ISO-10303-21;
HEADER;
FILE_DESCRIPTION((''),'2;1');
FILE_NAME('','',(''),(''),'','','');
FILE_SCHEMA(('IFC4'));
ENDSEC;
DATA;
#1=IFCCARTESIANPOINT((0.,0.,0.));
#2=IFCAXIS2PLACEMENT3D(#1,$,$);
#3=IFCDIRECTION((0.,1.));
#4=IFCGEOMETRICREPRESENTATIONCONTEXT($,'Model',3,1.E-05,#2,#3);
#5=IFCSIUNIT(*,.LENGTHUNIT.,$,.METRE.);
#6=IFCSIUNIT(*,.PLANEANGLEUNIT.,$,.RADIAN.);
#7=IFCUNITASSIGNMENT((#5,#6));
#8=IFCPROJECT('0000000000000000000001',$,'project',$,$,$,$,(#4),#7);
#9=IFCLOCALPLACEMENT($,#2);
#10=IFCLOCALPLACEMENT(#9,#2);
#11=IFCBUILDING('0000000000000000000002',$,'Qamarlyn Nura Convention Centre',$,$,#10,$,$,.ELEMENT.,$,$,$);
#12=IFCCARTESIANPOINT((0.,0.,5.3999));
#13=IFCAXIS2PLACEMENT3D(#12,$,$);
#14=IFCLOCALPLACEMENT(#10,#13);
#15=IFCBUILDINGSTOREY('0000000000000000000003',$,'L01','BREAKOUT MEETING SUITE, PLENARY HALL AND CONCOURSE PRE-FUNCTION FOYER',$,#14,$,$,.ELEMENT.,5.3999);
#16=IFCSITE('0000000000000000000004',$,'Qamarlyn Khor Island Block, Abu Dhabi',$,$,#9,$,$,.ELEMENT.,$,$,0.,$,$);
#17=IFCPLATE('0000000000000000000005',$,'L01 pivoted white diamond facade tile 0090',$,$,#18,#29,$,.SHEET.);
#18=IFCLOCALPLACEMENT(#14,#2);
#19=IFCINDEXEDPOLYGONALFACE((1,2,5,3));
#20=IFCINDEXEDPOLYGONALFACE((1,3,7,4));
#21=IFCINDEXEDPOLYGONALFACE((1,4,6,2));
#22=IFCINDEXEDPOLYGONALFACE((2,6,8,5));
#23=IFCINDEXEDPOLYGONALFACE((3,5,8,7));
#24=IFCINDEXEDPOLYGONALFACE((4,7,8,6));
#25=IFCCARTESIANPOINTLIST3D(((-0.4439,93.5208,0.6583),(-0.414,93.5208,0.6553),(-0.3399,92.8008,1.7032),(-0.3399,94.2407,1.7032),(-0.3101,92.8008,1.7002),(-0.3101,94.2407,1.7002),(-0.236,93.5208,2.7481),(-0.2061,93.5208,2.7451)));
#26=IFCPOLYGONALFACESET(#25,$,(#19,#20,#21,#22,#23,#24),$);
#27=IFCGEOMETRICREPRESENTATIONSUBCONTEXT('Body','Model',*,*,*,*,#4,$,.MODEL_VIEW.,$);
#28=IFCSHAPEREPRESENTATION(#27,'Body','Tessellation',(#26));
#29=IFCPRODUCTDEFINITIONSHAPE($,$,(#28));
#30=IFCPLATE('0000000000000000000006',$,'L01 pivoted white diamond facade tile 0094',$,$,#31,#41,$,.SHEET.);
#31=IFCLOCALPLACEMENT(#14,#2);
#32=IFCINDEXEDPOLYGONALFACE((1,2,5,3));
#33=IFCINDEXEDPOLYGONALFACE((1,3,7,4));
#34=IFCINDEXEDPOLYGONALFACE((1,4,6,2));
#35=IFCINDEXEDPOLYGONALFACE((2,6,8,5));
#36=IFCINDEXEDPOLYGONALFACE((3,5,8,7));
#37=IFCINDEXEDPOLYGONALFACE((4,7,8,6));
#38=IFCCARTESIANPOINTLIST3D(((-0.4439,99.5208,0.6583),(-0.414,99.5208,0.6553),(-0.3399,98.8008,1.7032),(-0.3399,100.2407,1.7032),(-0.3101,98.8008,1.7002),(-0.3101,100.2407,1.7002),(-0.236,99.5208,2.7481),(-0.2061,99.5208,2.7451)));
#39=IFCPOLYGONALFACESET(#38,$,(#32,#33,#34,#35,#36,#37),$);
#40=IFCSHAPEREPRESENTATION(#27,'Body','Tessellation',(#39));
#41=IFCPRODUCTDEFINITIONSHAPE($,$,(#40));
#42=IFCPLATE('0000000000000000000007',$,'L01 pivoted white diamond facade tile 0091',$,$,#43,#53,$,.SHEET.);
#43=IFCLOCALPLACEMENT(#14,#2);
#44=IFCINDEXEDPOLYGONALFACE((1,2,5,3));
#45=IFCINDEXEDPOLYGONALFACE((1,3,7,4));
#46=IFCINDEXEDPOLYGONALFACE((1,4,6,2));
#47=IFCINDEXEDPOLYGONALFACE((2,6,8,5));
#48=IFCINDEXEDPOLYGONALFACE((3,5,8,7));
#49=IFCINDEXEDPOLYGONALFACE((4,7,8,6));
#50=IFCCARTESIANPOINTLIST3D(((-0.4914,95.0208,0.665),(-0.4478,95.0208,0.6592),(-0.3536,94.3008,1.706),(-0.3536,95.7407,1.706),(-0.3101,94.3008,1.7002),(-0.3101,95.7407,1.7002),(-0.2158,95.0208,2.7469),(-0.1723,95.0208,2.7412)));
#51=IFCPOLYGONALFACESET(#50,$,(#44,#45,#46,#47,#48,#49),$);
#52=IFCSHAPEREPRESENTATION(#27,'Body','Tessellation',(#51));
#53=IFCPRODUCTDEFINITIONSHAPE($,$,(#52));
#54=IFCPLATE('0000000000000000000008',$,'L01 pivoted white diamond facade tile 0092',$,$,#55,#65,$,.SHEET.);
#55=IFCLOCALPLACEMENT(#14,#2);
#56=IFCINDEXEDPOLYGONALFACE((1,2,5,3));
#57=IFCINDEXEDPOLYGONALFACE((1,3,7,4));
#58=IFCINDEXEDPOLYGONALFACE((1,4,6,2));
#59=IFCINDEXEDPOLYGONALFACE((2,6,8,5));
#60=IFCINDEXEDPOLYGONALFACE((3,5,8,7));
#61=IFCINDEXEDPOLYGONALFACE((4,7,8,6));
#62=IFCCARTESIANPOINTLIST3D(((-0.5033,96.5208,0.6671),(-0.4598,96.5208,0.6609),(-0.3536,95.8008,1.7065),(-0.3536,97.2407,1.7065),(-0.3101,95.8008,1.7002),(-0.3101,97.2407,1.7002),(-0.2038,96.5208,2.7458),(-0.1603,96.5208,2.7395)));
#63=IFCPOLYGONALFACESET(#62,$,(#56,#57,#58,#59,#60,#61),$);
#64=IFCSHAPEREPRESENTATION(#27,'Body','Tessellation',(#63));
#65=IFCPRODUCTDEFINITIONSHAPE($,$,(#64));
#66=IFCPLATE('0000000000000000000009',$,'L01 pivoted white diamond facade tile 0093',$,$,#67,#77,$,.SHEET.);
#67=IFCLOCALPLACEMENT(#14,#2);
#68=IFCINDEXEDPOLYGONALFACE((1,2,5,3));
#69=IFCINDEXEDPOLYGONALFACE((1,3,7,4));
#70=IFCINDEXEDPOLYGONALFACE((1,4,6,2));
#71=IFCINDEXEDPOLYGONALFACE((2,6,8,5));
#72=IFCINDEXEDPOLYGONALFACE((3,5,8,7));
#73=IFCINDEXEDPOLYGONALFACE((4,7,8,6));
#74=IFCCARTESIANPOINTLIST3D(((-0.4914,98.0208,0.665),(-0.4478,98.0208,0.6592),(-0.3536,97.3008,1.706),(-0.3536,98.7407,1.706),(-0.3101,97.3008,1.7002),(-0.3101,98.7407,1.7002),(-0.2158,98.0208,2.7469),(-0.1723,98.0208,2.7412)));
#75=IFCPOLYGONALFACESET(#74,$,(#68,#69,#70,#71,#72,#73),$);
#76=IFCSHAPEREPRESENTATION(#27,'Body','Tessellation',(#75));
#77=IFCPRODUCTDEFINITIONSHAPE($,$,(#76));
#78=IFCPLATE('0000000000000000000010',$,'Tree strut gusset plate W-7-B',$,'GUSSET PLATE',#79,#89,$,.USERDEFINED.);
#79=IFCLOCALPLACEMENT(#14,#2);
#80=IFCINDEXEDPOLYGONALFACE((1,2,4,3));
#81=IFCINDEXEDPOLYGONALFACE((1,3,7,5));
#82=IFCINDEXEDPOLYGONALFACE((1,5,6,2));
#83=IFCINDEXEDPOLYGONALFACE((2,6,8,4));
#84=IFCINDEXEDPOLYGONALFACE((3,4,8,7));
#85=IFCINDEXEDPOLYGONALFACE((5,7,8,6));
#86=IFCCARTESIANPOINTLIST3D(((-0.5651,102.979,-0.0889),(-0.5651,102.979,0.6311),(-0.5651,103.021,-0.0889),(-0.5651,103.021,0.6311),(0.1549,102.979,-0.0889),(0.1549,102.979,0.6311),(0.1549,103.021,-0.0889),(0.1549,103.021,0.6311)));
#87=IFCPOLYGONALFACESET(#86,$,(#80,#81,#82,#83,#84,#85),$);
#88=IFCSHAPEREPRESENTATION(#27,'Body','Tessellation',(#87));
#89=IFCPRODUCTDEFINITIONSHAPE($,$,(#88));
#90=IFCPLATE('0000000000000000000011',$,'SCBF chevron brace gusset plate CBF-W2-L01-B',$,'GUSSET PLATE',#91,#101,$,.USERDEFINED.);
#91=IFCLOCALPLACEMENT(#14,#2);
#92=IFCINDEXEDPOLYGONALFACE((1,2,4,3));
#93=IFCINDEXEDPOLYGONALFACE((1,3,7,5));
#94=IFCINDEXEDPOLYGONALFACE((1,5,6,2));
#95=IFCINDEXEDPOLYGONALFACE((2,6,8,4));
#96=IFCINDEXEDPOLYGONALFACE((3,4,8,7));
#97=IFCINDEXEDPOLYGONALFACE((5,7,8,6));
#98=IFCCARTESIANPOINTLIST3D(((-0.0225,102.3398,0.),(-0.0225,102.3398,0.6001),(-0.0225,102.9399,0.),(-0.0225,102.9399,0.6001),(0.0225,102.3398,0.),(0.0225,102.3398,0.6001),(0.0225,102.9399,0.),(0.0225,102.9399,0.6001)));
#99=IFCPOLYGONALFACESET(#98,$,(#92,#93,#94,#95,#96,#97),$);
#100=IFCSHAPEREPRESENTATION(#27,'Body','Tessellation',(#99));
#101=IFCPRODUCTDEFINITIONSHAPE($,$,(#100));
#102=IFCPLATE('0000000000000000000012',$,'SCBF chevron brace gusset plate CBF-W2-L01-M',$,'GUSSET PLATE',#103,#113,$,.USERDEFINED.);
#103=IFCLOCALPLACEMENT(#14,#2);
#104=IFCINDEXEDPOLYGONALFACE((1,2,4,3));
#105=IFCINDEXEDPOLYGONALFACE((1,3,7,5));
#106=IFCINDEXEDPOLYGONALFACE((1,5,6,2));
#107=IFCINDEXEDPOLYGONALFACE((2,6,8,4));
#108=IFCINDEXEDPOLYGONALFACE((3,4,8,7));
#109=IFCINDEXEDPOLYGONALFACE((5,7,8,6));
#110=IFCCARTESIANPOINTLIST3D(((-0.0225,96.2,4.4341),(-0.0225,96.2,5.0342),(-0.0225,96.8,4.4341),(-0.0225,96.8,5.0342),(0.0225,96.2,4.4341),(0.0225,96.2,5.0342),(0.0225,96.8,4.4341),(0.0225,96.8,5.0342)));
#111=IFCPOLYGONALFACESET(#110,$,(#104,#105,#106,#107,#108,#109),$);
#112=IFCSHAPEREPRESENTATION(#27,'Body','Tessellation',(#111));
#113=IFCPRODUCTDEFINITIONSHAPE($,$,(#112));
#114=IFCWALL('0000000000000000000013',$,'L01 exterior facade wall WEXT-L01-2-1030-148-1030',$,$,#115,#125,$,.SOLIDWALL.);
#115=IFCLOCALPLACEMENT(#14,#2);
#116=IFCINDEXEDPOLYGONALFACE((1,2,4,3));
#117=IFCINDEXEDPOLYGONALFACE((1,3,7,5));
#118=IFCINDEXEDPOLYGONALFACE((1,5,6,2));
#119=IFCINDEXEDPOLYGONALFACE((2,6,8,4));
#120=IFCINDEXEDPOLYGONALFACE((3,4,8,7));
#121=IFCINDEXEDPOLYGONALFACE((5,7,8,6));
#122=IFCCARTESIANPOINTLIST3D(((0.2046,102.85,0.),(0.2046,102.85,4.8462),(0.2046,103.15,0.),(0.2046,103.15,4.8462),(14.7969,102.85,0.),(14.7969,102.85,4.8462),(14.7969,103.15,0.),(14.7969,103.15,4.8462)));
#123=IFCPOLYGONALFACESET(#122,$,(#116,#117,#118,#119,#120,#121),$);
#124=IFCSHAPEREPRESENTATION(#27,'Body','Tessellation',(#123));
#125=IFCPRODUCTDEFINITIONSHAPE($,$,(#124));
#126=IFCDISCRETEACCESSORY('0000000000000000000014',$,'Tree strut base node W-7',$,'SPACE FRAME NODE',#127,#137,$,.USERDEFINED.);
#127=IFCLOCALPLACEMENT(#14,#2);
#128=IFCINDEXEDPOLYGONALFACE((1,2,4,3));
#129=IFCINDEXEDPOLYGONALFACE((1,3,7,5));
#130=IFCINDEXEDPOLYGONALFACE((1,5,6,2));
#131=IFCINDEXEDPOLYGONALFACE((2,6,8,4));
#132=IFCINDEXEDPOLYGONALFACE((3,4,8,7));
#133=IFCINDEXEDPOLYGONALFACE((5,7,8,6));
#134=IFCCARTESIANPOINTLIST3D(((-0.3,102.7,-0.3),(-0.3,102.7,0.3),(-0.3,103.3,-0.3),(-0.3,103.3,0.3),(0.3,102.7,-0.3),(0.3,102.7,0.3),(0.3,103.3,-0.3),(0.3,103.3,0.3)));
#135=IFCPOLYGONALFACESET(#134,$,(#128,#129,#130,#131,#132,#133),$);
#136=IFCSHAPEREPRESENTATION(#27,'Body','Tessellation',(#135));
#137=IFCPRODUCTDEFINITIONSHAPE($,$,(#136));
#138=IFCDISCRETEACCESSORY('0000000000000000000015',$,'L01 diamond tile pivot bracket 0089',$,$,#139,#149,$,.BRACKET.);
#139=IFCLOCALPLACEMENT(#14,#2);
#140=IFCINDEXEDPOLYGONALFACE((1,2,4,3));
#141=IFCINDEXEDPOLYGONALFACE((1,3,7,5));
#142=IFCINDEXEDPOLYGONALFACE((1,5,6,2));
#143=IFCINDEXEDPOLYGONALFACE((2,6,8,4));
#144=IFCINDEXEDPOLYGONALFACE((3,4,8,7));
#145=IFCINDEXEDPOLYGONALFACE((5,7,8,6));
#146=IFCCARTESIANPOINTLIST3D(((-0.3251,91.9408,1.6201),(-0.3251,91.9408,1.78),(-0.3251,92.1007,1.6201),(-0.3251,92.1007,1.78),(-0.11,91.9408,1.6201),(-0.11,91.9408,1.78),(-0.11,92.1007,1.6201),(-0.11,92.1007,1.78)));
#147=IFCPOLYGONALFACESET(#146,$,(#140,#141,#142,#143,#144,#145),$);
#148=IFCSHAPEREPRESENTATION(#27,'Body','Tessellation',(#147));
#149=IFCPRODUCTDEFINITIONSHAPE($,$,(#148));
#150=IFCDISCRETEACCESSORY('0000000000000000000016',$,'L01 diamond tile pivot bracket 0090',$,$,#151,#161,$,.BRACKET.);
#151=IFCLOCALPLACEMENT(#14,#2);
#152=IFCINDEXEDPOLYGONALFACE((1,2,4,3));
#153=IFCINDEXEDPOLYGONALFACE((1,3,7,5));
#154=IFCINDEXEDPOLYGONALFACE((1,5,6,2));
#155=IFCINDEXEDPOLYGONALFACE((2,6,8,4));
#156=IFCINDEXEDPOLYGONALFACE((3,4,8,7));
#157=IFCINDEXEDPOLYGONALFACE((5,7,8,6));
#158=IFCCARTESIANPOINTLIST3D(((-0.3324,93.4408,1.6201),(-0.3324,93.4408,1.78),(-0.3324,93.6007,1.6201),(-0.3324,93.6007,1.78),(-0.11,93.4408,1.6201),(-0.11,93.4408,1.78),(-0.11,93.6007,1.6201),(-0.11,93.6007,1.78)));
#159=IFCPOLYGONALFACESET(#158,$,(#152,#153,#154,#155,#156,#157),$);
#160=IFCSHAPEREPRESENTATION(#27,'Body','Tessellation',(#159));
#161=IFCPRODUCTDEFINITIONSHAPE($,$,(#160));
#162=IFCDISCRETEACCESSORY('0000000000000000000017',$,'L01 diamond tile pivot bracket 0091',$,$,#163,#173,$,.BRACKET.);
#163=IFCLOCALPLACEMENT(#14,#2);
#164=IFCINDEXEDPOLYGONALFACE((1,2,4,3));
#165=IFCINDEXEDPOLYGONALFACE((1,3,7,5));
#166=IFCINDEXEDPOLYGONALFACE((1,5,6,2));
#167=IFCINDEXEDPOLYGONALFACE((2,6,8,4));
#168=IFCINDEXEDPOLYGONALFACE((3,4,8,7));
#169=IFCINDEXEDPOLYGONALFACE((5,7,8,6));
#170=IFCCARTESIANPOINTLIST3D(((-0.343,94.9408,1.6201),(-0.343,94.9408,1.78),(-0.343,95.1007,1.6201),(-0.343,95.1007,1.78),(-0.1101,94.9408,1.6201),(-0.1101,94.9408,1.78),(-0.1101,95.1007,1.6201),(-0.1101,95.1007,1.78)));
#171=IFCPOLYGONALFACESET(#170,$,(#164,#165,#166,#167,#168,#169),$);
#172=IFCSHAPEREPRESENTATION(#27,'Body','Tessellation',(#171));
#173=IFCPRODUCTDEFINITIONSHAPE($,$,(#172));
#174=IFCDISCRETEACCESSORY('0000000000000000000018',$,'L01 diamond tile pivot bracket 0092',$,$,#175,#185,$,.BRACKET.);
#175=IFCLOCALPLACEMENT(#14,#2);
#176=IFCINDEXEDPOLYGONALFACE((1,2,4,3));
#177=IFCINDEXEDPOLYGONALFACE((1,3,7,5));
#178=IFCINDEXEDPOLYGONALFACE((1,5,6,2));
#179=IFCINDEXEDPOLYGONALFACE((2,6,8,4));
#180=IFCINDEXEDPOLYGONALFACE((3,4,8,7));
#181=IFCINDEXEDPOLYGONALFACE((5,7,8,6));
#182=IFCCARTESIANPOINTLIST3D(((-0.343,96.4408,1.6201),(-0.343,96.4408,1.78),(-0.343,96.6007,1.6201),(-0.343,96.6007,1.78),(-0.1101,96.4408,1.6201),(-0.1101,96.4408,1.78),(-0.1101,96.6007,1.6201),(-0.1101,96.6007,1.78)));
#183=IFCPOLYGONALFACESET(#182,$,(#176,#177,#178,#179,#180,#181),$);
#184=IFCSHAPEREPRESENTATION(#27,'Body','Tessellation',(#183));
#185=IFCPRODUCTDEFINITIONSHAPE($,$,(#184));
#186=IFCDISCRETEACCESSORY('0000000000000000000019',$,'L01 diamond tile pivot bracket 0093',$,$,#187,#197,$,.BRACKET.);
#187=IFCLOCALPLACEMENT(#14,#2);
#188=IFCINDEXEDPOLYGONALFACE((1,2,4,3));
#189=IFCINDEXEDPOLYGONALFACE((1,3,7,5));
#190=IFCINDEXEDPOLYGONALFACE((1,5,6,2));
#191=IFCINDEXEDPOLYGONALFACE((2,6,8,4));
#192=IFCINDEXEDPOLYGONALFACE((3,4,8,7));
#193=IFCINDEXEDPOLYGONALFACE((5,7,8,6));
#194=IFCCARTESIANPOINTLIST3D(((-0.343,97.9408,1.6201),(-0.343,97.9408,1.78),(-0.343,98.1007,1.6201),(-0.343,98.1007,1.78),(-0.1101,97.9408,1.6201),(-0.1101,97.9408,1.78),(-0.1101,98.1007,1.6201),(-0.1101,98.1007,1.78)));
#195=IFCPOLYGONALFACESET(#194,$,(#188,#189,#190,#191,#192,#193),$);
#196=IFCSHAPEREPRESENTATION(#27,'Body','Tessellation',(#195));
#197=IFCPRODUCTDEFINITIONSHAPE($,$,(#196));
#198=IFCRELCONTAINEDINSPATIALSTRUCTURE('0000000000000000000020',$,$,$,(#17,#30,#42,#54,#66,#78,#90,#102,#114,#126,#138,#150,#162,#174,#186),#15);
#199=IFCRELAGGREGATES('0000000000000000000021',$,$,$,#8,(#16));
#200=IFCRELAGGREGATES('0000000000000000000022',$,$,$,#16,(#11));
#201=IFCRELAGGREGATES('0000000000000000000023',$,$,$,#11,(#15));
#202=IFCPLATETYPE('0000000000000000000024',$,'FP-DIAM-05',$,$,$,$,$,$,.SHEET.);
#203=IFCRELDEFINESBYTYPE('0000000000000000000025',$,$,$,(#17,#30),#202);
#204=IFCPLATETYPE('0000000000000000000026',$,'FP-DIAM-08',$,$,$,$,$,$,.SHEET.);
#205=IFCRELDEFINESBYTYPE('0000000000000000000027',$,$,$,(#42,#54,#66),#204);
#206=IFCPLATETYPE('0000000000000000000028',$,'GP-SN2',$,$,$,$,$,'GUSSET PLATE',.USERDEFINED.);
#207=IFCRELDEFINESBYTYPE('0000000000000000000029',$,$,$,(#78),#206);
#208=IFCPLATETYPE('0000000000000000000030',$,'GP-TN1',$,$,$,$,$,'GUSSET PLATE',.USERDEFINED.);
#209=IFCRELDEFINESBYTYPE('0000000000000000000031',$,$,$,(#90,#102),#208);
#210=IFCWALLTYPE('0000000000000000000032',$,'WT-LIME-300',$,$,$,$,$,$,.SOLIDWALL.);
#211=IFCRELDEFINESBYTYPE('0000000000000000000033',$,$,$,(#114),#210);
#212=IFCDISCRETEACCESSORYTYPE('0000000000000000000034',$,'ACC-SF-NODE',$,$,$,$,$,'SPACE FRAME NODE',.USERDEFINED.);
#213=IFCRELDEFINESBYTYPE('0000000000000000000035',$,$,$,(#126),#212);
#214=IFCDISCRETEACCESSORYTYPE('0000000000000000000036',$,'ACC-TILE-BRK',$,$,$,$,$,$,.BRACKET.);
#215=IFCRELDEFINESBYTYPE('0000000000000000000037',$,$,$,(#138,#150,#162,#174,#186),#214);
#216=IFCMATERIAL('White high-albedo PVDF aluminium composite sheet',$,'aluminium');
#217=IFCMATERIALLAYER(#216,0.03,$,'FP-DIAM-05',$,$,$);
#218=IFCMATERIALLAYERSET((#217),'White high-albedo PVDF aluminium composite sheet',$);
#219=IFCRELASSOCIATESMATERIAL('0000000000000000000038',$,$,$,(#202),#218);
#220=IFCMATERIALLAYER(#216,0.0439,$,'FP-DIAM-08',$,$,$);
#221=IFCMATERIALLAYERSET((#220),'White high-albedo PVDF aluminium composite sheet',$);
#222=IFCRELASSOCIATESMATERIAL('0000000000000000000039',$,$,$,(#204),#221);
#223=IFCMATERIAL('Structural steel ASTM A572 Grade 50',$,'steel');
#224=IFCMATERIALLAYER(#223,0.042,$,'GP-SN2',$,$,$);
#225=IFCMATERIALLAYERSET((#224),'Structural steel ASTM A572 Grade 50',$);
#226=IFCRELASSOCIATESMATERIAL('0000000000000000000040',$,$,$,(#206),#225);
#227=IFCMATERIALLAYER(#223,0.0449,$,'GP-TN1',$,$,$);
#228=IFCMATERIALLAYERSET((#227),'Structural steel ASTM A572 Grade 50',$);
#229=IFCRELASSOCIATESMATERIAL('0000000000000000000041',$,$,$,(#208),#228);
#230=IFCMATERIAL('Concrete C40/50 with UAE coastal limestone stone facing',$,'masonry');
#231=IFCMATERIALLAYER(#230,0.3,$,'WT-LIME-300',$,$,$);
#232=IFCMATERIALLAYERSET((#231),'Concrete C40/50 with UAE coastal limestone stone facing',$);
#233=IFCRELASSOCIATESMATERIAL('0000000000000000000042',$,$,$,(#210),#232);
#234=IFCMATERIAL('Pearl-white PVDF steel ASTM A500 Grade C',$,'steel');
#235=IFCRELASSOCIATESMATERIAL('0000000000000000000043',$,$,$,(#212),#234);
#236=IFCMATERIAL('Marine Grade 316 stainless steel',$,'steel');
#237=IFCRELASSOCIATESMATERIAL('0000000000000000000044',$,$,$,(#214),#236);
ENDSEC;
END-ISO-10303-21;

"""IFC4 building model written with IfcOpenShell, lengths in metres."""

from ifc_helpers import new_model, si_unit, direction, frame, frame_2d, origin, origin_2d, place, context, subcontext, project, spatial, polyline, rectangle, outline, extrude, material, layer, layer_set, type_object, element, save


model = new_model("IFC4")

# Units and contexts
model_context = context("Model", 3, precision=1e-05, world=origin(), true_north=direction((0.0, 1.0)))
body_context = subcontext(model_context, "Body", "Model", "MODEL_VIEW")
ifc_project = project(units=[si_unit("LENGTHUNIT", "METRE"), si_unit("PLANEANGLEUNIT", "RADIAN")], contexts=[model_context])

# Site, building, storey
site_placement = place(None, origin())
site = spatial("IfcSite", under=ifc_project, at=site_placement, Name="Qamarlyn Khor Island Block, Abu Dhabi", CompositionType="ELEMENT", RefElevation=0.0)
building_placement = place(site_placement, origin())
building = spatial("IfcBuilding", under=site, at=building_placement, Name="Qamarlyn Nura Convention Centre", CompositionType="ELEMENT")
storey_placement = place(building_placement, frame((0.0, 0.0, 5.3999)))
storey = spatial("IfcBuildingStorey", under=building, at=storey_placement, Name="L01", Description="BREAKOUT MEETING SUITE, PLENARY HALL AND CONCOURSE PRE-FUNCTION FOYER", CompositionType="ELEMENT", Elevation=5.3999)

# Shared definitions
ifc_material_1 = material(Name="Pearl-white PVDF steel ASTM A500 Grade C", Category="steel")

# Plates
ifc_material_2 = material(Name="White high-albedo PVDF aluminium composite sheet", Category="aluminium")
ifc_layer_1 = layer(ifc_material_2, 0.03, Name="FP-DIAM-05")
ifc_layer_set_1 = layer_set([ifc_layer_1], Name="White high-albedo PVDF aluminium composite sheet")
plate_type_1 = type_object("IfcPlateType", Name="FP-DIAM-05", PredefinedType="SHEET", material=ifc_layer_set_1)
for number, where, z_axis, x_axis, name in (
    (1, (-0.3101, 93.5208, 1.7002), (-0.99509, 0.0, 0.098972), (0.0, -1.0, 0.0), "L01 pivoted white diamond facade tile 0090"),
    (2, (-0.3101, 99.5208, 1.7002), (-0.99509, 0.0, 0.098972), (0.0, -1.0, 0.0), "L01 pivoted white diamond facade tile 0094"),
):
    element("IfcPlate", number, at=place(storey_placement, frame(where, z_axis=z_axis, x_axis=x_axis)), inside=storey, type_object=plate_type_1, Name=name, PredefinedType="SHEET", context=body_context, shape_type="SweptSolid", body=[
        extrude(outline(polyline([(-0.72, 0.0), (0.0, -1.05), (0.72, 0.0), (0.0, 1.05), (-0.72, 0.0)])), origin(), (0.0, 0.0, 1.0), 0.03),
    ])
ifc_layer_2 = layer(ifc_material_2, 0.0439, Name="FP-DIAM-08")
ifc_layer_set_2 = layer_set([ifc_layer_2], Name="White high-albedo PVDF aluminium composite sheet")
plate_type_2 = type_object("IfcPlateType", Name="FP-DIAM-08", PredefinedType="SHEET", material=ifc_layer_set_2)
for number, where, z_axis, x_axis, name in (
    (3, (-0.3101, 95.0208, 1.7002), (-0.991353, 0.0, 0.131218), (0.0, -1.0, 0.0), "L01 pivoted white diamond facade tile 0091"),
    (4, (-0.3101, 96.5208, 1.7002), (-0.989776, 0.0, 0.142629), (0.0, -1.0, 0.0), "L01 pivoted white diamond facade tile 0092"),
    (5, (-0.3101, 98.0208, 1.7002), (-0.991353, 0.0, 0.131218), (0.0, -1.0, 0.0), "L01 pivoted white diamond facade tile 0093"),
):
    element("IfcPlate", number, at=place(storey_placement, frame(where, z_axis=z_axis, x_axis=x_axis)), inside=storey, type_object=plate_type_2, Name=name, PredefinedType="SHEET", context=body_context, shape_type="SweptSolid", body=[
        extrude(outline(polyline([(-0.72, 0.0), (0.0, -1.05), (0.72, 0.0), (0.0, 1.05), (-0.72, 0.0)])), origin(), (0.0, 0.0, 1.0), 0.0439),
    ])
ifc_material_3 = material(Name="Structural steel ASTM A572 Grade 50", Category="steel")
ifc_layer_3 = layer(ifc_material_3, 0.042, Name="GP-SN2")
ifc_layer_set_3 = layer_set([ifc_layer_3], Name="Structural steel ASTM A572 Grade 50")
plate_type_3 = type_object("IfcPlateType", Name="GP-SN2", ElementType="GUSSET PLATE", PredefinedType="USERDEFINED", material=ifc_layer_set_3)
plate_1_placement = place(storey_placement, frame((-0.2051, 103.0, -0.0889), z_axis=(0.0, 0.0, 1.0), x_axis=(1.0, 0.0, 0.0)))
element("IfcPlate", 6, at=plate_1_placement, inside=storey, type_object=plate_type_3, Name="Tree strut gusset plate W-7-B", ObjectType="GUSSET PLATE", PredefinedType="USERDEFINED", context=body_context, shape_type="SweptSolid", body=[
    extrude(rectangle(XDim=0.72, YDim=0.042, at=origin_2d()), origin(), (0.0, 0.0, 1.0), 0.72),
])
ifc_layer_4 = layer(ifc_material_3, 0.0449, Name="GP-TN1")
ifc_layer_set_4 = layer_set([ifc_layer_4], Name="Structural steel ASTM A572 Grade 50")
plate_type_4 = type_object("IfcPlateType", Name="GP-TN1", ElementType="GUSSET PLATE", PredefinedType="USERDEFINED", material=ifc_layer_set_4)
for number, where, z_axis, x_axis, name in (
    (7, (0.0, 102.6399, 0.0), (0.0, 0.0, 1.0), (0.0, 1.0, 0.0), "SCBF chevron brace gusset plate CBF-W2-L01-B"),
    (8, (0.0, 96.5, 4.4341), (0.0, 0.0, 1.0), (0.0, 1.0, 0.0), "SCBF chevron brace gusset plate CBF-W2-L01-M"),
):
    element("IfcPlate", number, at=place(storey_placement, frame(where, z_axis=z_axis, x_axis=x_axis)), inside=storey, type_object=plate_type_4, Name=name, ObjectType="GUSSET PLATE", PredefinedType="USERDEFINED", context=body_context, shape_type="SweptSolid", body=[
        extrude(rectangle(XDim=0.6001, YDim=0.0449, at=origin_2d()), origin(), (0.0, 0.0, 1.0), 0.6001),
    ])

# Wall
ifc_material_4 = material(Name="Concrete C40/50 with UAE coastal limestone stone facing", Category="masonry")
ifc_layer_5 = layer(ifc_material_4, 0.3, Name="WT-LIME-300")
ifc_layer_set_5 = layer_set([ifc_layer_5], Name="Concrete C40/50 with UAE coastal limestone stone facing")
wall_type = type_object("IfcWallType", Name="WT-LIME-300", PredefinedType="SOLIDWALL", material=ifc_layer_set_5)
wall_placement = place(storey_placement, frame((0.2046, 103.0, 0.0), z_axis=(0.0, 0.0, 1.0), x_axis=(1.0, 0.0, 0.0)))
element("IfcWall", 9, at=wall_placement, inside=storey, type_object=wall_type, Name="L01 exterior facade wall WEXT-L01-2-1030-148-1030", PredefinedType="SOLIDWALL", context=body_context, shape_type="SweptSolid", body=[
    extrude(rectangle(XDim=14.5923, YDim=0.3, at=frame_2d((7.2961, 0.0))), origin(), (0.0, 0.0, 1.0), 4.8462),
])

# Discrete accessories
discrete_accessory_type_1 = type_object("IfcDiscreteAccessoryType", Name="ACC-SF-NODE", ElementType="SPACE FRAME NODE", PredefinedType="USERDEFINED", material=ifc_material_1)
discrete_accessory_1_placement = place(storey_placement, frame((0.0, 103.0, -0.3), z_axis=(0.0, 0.0, 1.0), x_axis=(1.0, 0.0, 0.0)))
element("IfcDiscreteAccessory", 10, at=discrete_accessory_1_placement, inside=storey, type_object=discrete_accessory_type_1, Name="Tree strut base node W-7", ObjectType="SPACE FRAME NODE", PredefinedType="USERDEFINED", context=body_context, shape_type="SweptSolid", body=[
    extrude(rectangle(XDim=0.6001, YDim=0.6001, at=origin_2d()), origin(), (0.0, 0.0, 1.0), 0.6001),
])
ifc_material_5 = material(Name="Marine Grade 316 stainless steel", Category="steel")
discrete_accessory_type_2 = type_object("IfcDiscreteAccessoryType", Name="ACC-TILE-BRK", PredefinedType="BRACKET", material=ifc_material_5)
discrete_accessory_2_placement = place(storey_placement, frame((-0.2175, 92.0208, 1.6201), z_axis=(0.0, 0.0, 1.0), x_axis=(-1.0, 0.0, 0.0)))
element("IfcDiscreteAccessory", 11, at=discrete_accessory_2_placement, inside=storey, type_object=discrete_accessory_type_2, Name="L01 diamond tile pivot bracket 0089", PredefinedType="BRACKET", context=body_context, shape_type="SweptSolid", body=[
    extrude(rectangle(XDim=0.2151, YDim=0.1599, at=origin_2d()), origin(), (0.0, 0.0, 1.0), 0.1599),
])
discrete_accessory_3_placement = place(storey_placement, frame((-0.2212, 93.5208, 1.6201), z_axis=(0.0, 0.0, 1.0), x_axis=(-1.0, 0.0, 0.0)))
element("IfcDiscreteAccessory", 12, at=discrete_accessory_3_placement, inside=storey, type_object=discrete_accessory_type_2, Name="L01 diamond tile pivot bracket 0090", PredefinedType="BRACKET", context=body_context, shape_type="SweptSolid", body=[
    extrude(rectangle(XDim=0.2224, YDim=0.1599, at=origin_2d()), origin(), (0.0, 0.0, 1.0), 0.1599),
])
for number, where, z_axis, x_axis, name in (
    (13, (-0.2266, 95.0208, 1.6201), (0.0, 0.0, 1.0), (-1.0, 0.0, 0.0), "L01 diamond tile pivot bracket 0091"),
    (14, (-0.2266, 96.5208, 1.6201), (0.0, 0.0, 1.0), (-1.0, 0.0, 0.0), "L01 diamond tile pivot bracket 0092"),
    (15, (-0.2266, 98.0208, 1.6201), (0.0, 0.0, 1.0), (-1.0, 0.0, 0.0), "L01 diamond tile pivot bracket 0093"),
):
    element("IfcDiscreteAccessory", number, at=place(storey_placement, frame(where, z_axis=z_axis, x_axis=x_axis)), inside=storey, type_object=discrete_accessory_type_2, Name=name, PredefinedType="BRACKET", context=body_context, shape_type="SweptSolid", body=[
        extrude(rectangle(XDim=0.2329, YDim=0.1599, at=origin_2d()), origin(), (0.0, 0.0, 1.0), 0.1599),
    ])

save(model, "model.ifc")
